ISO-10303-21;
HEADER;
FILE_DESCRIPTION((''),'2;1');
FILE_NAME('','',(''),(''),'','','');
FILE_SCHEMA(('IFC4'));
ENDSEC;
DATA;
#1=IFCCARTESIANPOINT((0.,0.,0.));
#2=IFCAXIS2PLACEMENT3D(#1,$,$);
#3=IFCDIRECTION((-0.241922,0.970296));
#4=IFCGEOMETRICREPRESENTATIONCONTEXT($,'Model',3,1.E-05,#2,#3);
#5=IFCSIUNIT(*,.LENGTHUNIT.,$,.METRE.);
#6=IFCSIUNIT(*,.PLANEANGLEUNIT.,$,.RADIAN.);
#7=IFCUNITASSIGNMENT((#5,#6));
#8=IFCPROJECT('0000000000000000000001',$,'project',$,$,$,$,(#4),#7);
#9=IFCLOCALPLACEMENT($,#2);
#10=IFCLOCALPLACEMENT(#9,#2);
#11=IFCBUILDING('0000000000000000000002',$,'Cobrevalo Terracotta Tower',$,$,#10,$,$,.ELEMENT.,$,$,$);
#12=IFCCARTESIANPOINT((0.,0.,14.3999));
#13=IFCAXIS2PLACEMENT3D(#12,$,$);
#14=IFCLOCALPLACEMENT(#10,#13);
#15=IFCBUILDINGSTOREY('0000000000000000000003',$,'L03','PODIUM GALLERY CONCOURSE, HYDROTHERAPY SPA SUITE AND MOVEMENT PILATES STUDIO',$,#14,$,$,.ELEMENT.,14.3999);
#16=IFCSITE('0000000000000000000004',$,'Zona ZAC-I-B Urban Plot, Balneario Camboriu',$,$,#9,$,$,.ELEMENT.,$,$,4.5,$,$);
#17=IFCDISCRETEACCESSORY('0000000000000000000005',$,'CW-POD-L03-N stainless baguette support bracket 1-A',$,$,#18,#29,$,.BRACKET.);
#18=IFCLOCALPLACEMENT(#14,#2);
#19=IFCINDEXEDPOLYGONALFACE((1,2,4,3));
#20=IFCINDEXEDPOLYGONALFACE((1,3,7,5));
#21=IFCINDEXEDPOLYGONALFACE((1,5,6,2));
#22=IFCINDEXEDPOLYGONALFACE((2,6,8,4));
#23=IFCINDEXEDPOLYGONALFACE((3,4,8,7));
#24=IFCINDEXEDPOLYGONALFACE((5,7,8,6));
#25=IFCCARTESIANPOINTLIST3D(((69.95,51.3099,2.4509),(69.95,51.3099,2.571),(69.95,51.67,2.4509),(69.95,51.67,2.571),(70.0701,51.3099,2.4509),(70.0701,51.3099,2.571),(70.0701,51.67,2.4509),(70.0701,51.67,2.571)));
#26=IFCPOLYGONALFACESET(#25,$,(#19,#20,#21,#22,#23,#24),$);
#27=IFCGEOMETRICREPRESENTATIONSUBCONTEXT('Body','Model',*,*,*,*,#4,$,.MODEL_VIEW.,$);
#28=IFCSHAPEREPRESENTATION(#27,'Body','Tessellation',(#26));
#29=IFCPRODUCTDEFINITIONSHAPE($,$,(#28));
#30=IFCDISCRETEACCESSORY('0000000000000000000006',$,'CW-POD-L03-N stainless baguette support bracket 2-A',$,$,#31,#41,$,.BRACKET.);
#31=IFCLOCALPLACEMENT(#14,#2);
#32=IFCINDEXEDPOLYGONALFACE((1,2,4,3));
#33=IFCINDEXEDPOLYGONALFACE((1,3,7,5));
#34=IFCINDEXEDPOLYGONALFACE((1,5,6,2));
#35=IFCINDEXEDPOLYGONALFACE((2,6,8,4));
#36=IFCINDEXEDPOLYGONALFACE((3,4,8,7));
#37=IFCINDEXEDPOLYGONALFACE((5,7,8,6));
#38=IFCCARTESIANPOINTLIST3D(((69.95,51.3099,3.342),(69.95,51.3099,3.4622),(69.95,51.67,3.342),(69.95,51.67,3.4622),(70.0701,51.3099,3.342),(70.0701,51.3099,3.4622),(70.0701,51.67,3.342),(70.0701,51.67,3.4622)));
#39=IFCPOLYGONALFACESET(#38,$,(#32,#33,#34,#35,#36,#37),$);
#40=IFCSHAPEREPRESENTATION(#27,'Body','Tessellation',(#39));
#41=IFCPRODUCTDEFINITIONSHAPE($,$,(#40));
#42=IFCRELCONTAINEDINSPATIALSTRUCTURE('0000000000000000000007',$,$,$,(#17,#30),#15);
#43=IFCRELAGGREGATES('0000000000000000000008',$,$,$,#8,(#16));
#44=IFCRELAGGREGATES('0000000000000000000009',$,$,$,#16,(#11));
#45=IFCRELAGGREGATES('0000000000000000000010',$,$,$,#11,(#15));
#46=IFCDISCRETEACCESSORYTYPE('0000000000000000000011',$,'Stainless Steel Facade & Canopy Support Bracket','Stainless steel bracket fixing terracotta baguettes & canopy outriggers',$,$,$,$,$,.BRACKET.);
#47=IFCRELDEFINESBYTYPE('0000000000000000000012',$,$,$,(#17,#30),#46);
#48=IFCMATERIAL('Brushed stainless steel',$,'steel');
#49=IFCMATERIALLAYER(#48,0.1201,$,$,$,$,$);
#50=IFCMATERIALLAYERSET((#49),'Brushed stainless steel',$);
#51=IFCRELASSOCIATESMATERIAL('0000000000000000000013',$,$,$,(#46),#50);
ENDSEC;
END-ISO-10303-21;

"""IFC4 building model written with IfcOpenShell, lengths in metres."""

from ifc_helpers import new_model, si_unit, direction, frame, origin, origin_2d, place, context, subcontext, project, spatial, rectangle, extrude, source, transform, mapped, material, layer, layer_set, type_object, element, save


model = new_model("IFC4")

# Units and contexts
model_context = context("Model", 3, precision=1e-05, world=origin(), true_north=direction((-0.241922, 0.970296)))
body_context = subcontext(model_context, "Body", "Model", "MODEL_VIEW")
ifc_project = project(units=[si_unit("LENGTHUNIT", "METRE"), si_unit("PLANEANGLEUNIT", "RADIAN")], contexts=[model_context])

# Site, building, storey
site_placement = place(None, origin())
site = spatial("IfcSite", under=ifc_project, at=site_placement, Name="Zona ZAC-I-B Urban Plot, Balneario Camboriu", CompositionType="ELEMENT", RefElevation=4.5)
building_placement = place(site_placement, origin())
building = spatial("IfcBuilding", under=site, at=building_placement, Name="Cobrevalo Terracotta Tower", CompositionType="ELEMENT")
storey_placement = place(building_placement, frame((0.0, 0.0, 14.3999)))
storey = spatial("IfcBuildingStorey", under=building, at=storey_placement, Name="L03", Description="PODIUM GALLERY CONCOURSE, HYDROTHERAPY SPA SUITE AND MOVEMENT PILATES STUDIO", CompositionType="ELEMENT", Elevation=14.3999)

# Shared definitions
ifc_material_1 = material(Name="Brushed stainless steel", Category="steel")

# Discrete accessories
ifc_layer_1 = layer(ifc_material_1, 0.1201)
ifc_layer_set_1 = layer_set([ifc_layer_1], Name="Brushed stainless steel")
discrete_accessory_type = type_object("IfcDiscreteAccessoryType", Name="Stainless Steel Facade & Canopy Support Bracket", Description="Stainless steel bracket fixing terracotta baguettes & canopy outriggers", PredefinedType="BRACKET", material=ifc_layer_set_1)
shared_shape_1 = source(origin(), body_context, "Body", "SweptSolid", [
    extrude(rectangle(XDim=0.1201, YDim=0.3601, at=origin_2d()), origin(), (0.0, 0.0, 1.0), 0.1201),
])
for number, where, z_axis, x_axis, name in (
    (1, (70.01, 51.49, 2.4509), (0.0, 0.0, 1.0), (-1.0, 0.0, 0.0), "CW-POD-L03-N stainless baguette support bracket 1-A"),
    (2, (70.01, 51.49, 3.342), (0.0, 0.0, 1.0), (-1.0, 0.0, 0.0), "CW-POD-L03-N stainless baguette support bracket 2-A"),
):
    element("IfcDiscreteAccessory", number, at=place(storey_placement, frame(where, z_axis=z_axis, x_axis=x_axis)), inside=storey, type_object=discrete_accessory_type, Name=name, PredefinedType="BRACKET", context=body_context, shape_type="MappedRepresentation", body=[
        mapped(shared_shape_1, transform((0.0, 0.0, 0.0), scale=1.0)),
    ])

save(model, "model.ifc")
